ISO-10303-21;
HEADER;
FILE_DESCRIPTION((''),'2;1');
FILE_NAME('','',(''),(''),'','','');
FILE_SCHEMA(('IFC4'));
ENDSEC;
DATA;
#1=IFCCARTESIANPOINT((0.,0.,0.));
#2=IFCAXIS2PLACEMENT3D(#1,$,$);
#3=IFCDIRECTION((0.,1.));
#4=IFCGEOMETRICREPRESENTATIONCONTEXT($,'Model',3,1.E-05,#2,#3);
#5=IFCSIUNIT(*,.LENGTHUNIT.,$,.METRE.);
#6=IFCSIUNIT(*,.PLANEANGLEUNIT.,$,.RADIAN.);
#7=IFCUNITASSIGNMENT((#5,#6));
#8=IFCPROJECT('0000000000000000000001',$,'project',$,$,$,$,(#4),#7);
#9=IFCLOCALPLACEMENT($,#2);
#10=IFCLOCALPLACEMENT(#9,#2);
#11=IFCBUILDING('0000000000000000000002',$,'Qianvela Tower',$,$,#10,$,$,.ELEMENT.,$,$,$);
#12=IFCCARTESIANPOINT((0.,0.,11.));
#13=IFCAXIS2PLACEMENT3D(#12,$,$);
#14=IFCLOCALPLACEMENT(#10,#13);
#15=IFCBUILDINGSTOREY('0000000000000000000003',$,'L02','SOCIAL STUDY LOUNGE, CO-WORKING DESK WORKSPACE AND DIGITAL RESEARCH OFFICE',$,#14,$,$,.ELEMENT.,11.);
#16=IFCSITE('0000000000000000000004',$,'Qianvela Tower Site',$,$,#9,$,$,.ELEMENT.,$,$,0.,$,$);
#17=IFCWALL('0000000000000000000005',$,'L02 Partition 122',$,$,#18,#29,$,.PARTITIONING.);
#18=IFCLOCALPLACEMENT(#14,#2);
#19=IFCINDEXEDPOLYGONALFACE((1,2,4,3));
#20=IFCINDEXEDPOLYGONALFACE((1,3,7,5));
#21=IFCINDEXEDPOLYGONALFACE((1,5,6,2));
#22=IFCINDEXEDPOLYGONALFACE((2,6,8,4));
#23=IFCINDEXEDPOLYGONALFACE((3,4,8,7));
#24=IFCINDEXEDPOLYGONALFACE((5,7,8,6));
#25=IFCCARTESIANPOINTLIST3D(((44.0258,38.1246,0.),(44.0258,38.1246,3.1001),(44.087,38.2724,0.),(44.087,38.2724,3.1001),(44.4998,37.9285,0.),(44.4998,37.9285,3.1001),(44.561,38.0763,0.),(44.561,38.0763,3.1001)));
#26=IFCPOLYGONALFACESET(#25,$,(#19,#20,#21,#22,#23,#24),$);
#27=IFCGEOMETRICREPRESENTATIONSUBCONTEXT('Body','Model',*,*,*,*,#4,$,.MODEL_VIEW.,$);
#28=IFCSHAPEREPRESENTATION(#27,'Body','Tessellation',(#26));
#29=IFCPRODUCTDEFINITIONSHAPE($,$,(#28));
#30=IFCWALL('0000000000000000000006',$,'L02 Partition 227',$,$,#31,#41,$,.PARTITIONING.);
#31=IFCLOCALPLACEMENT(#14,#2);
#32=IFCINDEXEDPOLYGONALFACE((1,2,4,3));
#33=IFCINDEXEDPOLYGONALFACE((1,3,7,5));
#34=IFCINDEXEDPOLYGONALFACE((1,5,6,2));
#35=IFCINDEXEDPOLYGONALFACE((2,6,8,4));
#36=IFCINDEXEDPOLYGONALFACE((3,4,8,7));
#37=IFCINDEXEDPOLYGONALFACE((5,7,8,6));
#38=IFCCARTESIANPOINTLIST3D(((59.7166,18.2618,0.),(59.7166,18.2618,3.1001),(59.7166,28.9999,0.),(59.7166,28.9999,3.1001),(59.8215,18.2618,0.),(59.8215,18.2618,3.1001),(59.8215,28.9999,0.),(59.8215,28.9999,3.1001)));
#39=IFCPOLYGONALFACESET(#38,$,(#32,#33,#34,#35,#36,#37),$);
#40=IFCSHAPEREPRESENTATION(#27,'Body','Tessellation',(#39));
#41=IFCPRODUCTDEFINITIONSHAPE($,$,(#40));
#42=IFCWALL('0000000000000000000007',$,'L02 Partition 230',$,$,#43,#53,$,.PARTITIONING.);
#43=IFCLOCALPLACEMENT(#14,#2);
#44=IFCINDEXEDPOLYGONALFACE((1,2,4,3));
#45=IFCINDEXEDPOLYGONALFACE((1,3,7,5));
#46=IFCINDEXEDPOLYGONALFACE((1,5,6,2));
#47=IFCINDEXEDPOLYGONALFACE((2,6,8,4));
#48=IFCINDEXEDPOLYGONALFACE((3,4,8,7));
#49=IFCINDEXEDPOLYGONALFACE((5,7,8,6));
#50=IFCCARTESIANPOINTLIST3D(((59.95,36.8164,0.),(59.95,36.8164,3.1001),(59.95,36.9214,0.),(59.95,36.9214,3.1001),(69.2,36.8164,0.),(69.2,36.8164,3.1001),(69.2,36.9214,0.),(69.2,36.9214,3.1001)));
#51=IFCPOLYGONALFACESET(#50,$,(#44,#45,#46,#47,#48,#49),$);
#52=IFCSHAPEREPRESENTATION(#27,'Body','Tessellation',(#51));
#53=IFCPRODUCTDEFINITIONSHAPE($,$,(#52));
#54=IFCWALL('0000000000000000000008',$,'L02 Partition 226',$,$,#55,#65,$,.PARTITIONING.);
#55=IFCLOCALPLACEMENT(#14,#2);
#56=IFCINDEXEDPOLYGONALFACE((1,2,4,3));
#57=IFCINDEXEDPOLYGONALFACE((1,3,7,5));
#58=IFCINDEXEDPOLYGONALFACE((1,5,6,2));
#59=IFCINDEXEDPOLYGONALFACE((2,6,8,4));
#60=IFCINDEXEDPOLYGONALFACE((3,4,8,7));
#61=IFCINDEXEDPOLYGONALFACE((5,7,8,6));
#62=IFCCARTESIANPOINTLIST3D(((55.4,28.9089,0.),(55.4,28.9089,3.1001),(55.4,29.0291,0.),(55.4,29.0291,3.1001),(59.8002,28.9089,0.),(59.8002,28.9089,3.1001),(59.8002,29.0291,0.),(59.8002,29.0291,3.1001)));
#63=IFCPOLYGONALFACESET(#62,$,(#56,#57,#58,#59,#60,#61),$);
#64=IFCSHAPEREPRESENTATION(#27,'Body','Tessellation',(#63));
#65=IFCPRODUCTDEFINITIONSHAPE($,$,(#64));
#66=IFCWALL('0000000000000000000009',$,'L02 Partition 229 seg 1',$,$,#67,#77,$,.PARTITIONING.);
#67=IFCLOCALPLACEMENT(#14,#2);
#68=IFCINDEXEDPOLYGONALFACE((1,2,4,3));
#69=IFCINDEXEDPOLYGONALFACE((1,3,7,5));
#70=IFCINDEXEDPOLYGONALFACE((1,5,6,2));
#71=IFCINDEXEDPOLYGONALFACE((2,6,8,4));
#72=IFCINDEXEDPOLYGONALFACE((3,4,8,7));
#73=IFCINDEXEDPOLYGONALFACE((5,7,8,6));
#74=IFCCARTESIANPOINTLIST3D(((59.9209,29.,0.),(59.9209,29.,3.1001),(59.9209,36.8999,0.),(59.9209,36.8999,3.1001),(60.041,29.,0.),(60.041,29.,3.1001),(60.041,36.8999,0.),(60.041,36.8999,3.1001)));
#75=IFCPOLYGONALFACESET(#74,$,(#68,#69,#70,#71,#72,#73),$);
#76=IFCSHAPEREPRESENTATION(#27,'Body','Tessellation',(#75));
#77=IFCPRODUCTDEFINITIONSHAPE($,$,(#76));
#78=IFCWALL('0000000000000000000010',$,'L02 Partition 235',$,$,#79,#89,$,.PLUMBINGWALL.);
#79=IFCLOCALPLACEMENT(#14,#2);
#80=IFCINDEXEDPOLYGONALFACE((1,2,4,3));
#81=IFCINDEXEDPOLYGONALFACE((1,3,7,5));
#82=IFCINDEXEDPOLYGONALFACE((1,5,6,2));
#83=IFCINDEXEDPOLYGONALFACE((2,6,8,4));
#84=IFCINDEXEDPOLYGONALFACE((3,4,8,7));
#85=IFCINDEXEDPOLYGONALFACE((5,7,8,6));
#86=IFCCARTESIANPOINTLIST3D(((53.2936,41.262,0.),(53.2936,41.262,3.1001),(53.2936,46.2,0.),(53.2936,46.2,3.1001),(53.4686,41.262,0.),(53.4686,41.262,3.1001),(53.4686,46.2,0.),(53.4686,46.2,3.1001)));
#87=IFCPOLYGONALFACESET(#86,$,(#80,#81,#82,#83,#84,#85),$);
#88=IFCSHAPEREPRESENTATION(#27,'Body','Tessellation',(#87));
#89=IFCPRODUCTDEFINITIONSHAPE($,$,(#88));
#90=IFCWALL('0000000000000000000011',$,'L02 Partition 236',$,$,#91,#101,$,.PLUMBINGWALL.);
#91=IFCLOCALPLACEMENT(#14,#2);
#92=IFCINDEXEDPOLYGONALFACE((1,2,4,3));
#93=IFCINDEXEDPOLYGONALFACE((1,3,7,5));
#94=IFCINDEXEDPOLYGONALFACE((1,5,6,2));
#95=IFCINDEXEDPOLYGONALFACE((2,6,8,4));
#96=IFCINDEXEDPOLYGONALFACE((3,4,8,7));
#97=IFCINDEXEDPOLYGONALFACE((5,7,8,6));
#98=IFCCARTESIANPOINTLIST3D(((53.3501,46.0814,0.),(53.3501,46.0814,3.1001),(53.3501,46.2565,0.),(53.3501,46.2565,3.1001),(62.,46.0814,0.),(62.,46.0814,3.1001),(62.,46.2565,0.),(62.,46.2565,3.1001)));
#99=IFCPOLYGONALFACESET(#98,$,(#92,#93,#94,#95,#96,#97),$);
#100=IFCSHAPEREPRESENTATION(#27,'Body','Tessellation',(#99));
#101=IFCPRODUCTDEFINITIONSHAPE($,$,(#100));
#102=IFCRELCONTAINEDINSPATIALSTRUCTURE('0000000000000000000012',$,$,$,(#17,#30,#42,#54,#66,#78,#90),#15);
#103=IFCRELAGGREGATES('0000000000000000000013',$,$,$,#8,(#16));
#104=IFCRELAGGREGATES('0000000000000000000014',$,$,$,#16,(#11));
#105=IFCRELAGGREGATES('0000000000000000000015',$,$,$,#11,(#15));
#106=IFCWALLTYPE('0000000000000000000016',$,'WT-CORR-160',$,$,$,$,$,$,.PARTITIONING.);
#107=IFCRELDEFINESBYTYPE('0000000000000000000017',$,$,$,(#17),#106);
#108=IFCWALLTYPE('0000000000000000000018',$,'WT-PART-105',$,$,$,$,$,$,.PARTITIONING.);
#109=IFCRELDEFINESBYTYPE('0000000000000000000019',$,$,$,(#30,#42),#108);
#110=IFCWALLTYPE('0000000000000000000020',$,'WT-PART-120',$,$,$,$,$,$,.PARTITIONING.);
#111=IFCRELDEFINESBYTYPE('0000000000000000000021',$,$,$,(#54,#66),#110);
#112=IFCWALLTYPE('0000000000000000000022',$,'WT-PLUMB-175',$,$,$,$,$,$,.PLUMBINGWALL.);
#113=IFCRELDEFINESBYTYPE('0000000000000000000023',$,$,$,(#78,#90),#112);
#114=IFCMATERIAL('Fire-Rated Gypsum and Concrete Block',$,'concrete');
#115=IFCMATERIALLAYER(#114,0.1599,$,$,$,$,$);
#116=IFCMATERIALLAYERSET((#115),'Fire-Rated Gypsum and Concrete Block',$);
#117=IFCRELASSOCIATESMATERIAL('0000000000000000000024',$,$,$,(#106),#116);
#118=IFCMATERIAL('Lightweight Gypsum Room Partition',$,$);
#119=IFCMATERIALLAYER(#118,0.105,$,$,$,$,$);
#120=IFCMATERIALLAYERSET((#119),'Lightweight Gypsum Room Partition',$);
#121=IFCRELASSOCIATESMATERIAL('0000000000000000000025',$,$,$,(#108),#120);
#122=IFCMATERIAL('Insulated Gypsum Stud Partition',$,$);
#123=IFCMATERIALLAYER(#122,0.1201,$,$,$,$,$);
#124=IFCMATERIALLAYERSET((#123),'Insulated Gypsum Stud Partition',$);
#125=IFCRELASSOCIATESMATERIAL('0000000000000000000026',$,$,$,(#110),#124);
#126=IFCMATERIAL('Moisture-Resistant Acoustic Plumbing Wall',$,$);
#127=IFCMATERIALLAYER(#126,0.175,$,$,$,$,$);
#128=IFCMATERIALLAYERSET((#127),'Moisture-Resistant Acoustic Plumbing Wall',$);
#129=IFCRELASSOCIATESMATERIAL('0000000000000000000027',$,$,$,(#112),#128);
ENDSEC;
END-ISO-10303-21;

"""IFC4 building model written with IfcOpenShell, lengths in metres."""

from ifc_helpers import new_model, si_unit, direction, frame, frame_2d, origin, place, context, subcontext, project, spatial, rectangle, extrude, material, layer, layer_set, type_object, element, save


model = new_model("IFC4")

# Units and contexts
model_context = context("Model", 3, precision=1e-05, world=origin(), true_north=direction((0.0, 1.0)))
body_context = subcontext(model_context, "Body", "Model", "MODEL_VIEW")
ifc_project = project(units=[si_unit("LENGTHUNIT", "METRE"), si_unit("PLANEANGLEUNIT", "RADIAN")], contexts=[model_context])

# Site, building, storey
site_placement = place(None, origin())
site = spatial("IfcSite", under=ifc_project, at=site_placement, Name="Qianvela Tower Site", CompositionType="ELEMENT", RefElevation=0.0)
building_placement = place(site_placement, origin())
building = spatial("IfcBuilding", under=site, at=building_placement, Name="Qianvela Tower", CompositionType="ELEMENT")
storey_placement = place(building_placement, frame((0.0, 0.0, 11.0)))
storey = spatial("IfcBuildingStorey", under=building, at=storey_placement, Name="L02", Description="SOCIAL STUDY LOUNGE, CO-WORKING DESK WORKSPACE AND DIGITAL RESEARCH OFFICE", CompositionType="ELEMENT", Elevation=11.0)

# Shared definitions
ifc_material_1 = material(Name="Fire-Rated Gypsum and Concrete Block", Category="concrete")
ifc_layer_1 = layer(ifc_material_1, 0.1599)
ifc_layer_set_1 = layer_set([ifc_layer_1], Name="Fire-Rated Gypsum and Concrete Block")
wall_type_1 = type_object("IfcWallType", Name="WT-CORR-160", PredefinedType="PARTITIONING", material=ifc_layer_set_1)

# Walls
wall_1_placement = place(storey_placement, frame((44.5303, 38.0024, 0.0), z_axis=(0.0, 0.0, 1.0), x_axis=(-0.924046, 0.382282, 0.0)))
element("IfcWall", 1, at=wall_1_placement, inside=storey, type_object=wall_type_1, Name="L02 Partition 122", PredefinedType="PARTITIONING", context=body_context, shape_type="SweptSolid", body=[
    extrude(rectangle(XDim=0.5129, YDim=0.1599, at=frame_2d((0.2563, 0.0))), origin(), (0.0, 0.0, 1.0), 3.1001),
])
ifc_material_2 = material(Name="Lightweight Gypsum Room Partition")
ifc_layer_2 = layer(ifc_material_2, 0.105)
ifc_layer_set_2 = layer_set([ifc_layer_2], Name="Lightweight Gypsum Room Partition")
wall_type_2 = type_object("IfcWallType", Name="WT-PART-105", PredefinedType="PARTITIONING", material=ifc_layer_set_2)
wall_2_placement = place(storey_placement, frame((59.769, 29.0, 0.0), z_axis=(0.0, 0.0, 1.0), x_axis=(0.0, -1.0, 0.0)))
element("IfcWall", 2, at=wall_2_placement, inside=storey, type_object=wall_type_2, Name="L02 Partition 227", PredefinedType="PARTITIONING", context=body_context, shape_type="SweptSolid", body=[
    extrude(rectangle(XDim=10.738, YDim=0.105, at=frame_2d((5.3691, 0.0))), origin(), (0.0, 0.0, 1.0), 3.1001),
])
wall_3_placement = place(storey_placement, frame((59.95, 36.8689, 0.0), z_axis=(0.0, 0.0, 1.0), x_axis=(1.0, 0.0, 0.0)))
element("IfcWall", 3, at=wall_3_placement, inside=storey, type_object=wall_type_2, Name="L02 Partition 230", PredefinedType="PARTITIONING", context=body_context, shape_type="SweptSolid", body=[
    extrude(rectangle(XDim=9.25, YDim=0.105, at=frame_2d((4.625, 0.0))), origin(), (0.0, 0.0, 1.0), 3.1001),
])
ifc_material_3 = material(Name="Insulated Gypsum Stud Partition")
ifc_layer_3 = layer(ifc_material_3, 0.1201)
ifc_layer_set_3 = layer_set([ifc_layer_3], Name="Insulated Gypsum Stud Partition")
wall_type_3 = type_object("IfcWallType", Name="WT-PART-120", PredefinedType="PARTITIONING", material=ifc_layer_set_3)
wall_4_placement = place(storey_placement, frame((55.3999, 28.969, 0.0), z_axis=(0.0, 0.0, 1.0), x_axis=(1.0, 0.0, 0.0)))
element("IfcWall", 4, at=wall_4_placement, inside=storey, type_object=wall_type_3, Name="L02 Partition 226", PredefinedType="PARTITIONING", context=body_context, shape_type="SweptSolid", body=[
    extrude(rectangle(XDim=4.4001, YDim=0.1201, at=frame_2d((2.2002, 0.0))), origin(), (0.0, 0.0, 1.0), 3.1001),
])
wall_5_placement = place(storey_placement, frame((59.981, 29.0, 0.0), z_axis=(0.0, 0.0, 1.0), x_axis=(0.0, 1.0, 0.0)))
element("IfcWall", 5, at=wall_5_placement, inside=storey, type_object=wall_type_3, Name="L02 Partition 229 seg 1", PredefinedType="PARTITIONING", context=body_context, shape_type="SweptSolid", body=[
    extrude(rectangle(XDim=7.8999, YDim=0.1201, at=frame_2d((3.95, 0.0))), origin(), (0.0, 0.0, 1.0), 3.1001),
])
ifc_material_4 = material(Name="Moisture-Resistant Acoustic Plumbing Wall")
ifc_layer_4 = layer(ifc_material_4, 0.175)
ifc_layer_set_4 = layer_set([ifc_layer_4], Name="Moisture-Resistant Acoustic Plumbing Wall")
wall_type_4 = type_object("IfcWallType", Name="WT-PLUMB-175", PredefinedType="PLUMBINGWALL", material=ifc_layer_set_4)
wall_6_placement = place(storey_placement, frame((53.3811, 41.262, 0.0), z_axis=(0.0, 0.0, 1.0), x_axis=(0.0, 1.0, 0.0)))
element("IfcWall", 6, at=wall_6_placement, inside=storey, type_object=wall_type_4, Name="L02 Partition 235", PredefinedType="PLUMBINGWALL", context=body_context, shape_type="SweptSolid", body=[
    extrude(rectangle(XDim=4.938, YDim=0.175, at=frame_2d((2.469, 0.0))), origin(), (0.0, 0.0, 1.0), 3.1001),
])
wall_7_placement = place(storey_placement, frame((53.3501, 46.1689, 0.0), z_axis=(0.0, 0.0, 1.0), x_axis=(1.0, 0.0, 0.0)))
element("IfcWall", 7, at=wall_7_placement, inside=storey, type_object=wall_type_4, Name="L02 Partition 236", PredefinedType="PLUMBINGWALL", context=body_context, shape_type="SweptSolid", body=[
    extrude(rectangle(XDim=8.6499, YDim=0.175, at=frame_2d((4.325, 0.0))), origin(), (0.0, 0.0, 1.0), 3.1001),
])

save(model, "model.ifc")
